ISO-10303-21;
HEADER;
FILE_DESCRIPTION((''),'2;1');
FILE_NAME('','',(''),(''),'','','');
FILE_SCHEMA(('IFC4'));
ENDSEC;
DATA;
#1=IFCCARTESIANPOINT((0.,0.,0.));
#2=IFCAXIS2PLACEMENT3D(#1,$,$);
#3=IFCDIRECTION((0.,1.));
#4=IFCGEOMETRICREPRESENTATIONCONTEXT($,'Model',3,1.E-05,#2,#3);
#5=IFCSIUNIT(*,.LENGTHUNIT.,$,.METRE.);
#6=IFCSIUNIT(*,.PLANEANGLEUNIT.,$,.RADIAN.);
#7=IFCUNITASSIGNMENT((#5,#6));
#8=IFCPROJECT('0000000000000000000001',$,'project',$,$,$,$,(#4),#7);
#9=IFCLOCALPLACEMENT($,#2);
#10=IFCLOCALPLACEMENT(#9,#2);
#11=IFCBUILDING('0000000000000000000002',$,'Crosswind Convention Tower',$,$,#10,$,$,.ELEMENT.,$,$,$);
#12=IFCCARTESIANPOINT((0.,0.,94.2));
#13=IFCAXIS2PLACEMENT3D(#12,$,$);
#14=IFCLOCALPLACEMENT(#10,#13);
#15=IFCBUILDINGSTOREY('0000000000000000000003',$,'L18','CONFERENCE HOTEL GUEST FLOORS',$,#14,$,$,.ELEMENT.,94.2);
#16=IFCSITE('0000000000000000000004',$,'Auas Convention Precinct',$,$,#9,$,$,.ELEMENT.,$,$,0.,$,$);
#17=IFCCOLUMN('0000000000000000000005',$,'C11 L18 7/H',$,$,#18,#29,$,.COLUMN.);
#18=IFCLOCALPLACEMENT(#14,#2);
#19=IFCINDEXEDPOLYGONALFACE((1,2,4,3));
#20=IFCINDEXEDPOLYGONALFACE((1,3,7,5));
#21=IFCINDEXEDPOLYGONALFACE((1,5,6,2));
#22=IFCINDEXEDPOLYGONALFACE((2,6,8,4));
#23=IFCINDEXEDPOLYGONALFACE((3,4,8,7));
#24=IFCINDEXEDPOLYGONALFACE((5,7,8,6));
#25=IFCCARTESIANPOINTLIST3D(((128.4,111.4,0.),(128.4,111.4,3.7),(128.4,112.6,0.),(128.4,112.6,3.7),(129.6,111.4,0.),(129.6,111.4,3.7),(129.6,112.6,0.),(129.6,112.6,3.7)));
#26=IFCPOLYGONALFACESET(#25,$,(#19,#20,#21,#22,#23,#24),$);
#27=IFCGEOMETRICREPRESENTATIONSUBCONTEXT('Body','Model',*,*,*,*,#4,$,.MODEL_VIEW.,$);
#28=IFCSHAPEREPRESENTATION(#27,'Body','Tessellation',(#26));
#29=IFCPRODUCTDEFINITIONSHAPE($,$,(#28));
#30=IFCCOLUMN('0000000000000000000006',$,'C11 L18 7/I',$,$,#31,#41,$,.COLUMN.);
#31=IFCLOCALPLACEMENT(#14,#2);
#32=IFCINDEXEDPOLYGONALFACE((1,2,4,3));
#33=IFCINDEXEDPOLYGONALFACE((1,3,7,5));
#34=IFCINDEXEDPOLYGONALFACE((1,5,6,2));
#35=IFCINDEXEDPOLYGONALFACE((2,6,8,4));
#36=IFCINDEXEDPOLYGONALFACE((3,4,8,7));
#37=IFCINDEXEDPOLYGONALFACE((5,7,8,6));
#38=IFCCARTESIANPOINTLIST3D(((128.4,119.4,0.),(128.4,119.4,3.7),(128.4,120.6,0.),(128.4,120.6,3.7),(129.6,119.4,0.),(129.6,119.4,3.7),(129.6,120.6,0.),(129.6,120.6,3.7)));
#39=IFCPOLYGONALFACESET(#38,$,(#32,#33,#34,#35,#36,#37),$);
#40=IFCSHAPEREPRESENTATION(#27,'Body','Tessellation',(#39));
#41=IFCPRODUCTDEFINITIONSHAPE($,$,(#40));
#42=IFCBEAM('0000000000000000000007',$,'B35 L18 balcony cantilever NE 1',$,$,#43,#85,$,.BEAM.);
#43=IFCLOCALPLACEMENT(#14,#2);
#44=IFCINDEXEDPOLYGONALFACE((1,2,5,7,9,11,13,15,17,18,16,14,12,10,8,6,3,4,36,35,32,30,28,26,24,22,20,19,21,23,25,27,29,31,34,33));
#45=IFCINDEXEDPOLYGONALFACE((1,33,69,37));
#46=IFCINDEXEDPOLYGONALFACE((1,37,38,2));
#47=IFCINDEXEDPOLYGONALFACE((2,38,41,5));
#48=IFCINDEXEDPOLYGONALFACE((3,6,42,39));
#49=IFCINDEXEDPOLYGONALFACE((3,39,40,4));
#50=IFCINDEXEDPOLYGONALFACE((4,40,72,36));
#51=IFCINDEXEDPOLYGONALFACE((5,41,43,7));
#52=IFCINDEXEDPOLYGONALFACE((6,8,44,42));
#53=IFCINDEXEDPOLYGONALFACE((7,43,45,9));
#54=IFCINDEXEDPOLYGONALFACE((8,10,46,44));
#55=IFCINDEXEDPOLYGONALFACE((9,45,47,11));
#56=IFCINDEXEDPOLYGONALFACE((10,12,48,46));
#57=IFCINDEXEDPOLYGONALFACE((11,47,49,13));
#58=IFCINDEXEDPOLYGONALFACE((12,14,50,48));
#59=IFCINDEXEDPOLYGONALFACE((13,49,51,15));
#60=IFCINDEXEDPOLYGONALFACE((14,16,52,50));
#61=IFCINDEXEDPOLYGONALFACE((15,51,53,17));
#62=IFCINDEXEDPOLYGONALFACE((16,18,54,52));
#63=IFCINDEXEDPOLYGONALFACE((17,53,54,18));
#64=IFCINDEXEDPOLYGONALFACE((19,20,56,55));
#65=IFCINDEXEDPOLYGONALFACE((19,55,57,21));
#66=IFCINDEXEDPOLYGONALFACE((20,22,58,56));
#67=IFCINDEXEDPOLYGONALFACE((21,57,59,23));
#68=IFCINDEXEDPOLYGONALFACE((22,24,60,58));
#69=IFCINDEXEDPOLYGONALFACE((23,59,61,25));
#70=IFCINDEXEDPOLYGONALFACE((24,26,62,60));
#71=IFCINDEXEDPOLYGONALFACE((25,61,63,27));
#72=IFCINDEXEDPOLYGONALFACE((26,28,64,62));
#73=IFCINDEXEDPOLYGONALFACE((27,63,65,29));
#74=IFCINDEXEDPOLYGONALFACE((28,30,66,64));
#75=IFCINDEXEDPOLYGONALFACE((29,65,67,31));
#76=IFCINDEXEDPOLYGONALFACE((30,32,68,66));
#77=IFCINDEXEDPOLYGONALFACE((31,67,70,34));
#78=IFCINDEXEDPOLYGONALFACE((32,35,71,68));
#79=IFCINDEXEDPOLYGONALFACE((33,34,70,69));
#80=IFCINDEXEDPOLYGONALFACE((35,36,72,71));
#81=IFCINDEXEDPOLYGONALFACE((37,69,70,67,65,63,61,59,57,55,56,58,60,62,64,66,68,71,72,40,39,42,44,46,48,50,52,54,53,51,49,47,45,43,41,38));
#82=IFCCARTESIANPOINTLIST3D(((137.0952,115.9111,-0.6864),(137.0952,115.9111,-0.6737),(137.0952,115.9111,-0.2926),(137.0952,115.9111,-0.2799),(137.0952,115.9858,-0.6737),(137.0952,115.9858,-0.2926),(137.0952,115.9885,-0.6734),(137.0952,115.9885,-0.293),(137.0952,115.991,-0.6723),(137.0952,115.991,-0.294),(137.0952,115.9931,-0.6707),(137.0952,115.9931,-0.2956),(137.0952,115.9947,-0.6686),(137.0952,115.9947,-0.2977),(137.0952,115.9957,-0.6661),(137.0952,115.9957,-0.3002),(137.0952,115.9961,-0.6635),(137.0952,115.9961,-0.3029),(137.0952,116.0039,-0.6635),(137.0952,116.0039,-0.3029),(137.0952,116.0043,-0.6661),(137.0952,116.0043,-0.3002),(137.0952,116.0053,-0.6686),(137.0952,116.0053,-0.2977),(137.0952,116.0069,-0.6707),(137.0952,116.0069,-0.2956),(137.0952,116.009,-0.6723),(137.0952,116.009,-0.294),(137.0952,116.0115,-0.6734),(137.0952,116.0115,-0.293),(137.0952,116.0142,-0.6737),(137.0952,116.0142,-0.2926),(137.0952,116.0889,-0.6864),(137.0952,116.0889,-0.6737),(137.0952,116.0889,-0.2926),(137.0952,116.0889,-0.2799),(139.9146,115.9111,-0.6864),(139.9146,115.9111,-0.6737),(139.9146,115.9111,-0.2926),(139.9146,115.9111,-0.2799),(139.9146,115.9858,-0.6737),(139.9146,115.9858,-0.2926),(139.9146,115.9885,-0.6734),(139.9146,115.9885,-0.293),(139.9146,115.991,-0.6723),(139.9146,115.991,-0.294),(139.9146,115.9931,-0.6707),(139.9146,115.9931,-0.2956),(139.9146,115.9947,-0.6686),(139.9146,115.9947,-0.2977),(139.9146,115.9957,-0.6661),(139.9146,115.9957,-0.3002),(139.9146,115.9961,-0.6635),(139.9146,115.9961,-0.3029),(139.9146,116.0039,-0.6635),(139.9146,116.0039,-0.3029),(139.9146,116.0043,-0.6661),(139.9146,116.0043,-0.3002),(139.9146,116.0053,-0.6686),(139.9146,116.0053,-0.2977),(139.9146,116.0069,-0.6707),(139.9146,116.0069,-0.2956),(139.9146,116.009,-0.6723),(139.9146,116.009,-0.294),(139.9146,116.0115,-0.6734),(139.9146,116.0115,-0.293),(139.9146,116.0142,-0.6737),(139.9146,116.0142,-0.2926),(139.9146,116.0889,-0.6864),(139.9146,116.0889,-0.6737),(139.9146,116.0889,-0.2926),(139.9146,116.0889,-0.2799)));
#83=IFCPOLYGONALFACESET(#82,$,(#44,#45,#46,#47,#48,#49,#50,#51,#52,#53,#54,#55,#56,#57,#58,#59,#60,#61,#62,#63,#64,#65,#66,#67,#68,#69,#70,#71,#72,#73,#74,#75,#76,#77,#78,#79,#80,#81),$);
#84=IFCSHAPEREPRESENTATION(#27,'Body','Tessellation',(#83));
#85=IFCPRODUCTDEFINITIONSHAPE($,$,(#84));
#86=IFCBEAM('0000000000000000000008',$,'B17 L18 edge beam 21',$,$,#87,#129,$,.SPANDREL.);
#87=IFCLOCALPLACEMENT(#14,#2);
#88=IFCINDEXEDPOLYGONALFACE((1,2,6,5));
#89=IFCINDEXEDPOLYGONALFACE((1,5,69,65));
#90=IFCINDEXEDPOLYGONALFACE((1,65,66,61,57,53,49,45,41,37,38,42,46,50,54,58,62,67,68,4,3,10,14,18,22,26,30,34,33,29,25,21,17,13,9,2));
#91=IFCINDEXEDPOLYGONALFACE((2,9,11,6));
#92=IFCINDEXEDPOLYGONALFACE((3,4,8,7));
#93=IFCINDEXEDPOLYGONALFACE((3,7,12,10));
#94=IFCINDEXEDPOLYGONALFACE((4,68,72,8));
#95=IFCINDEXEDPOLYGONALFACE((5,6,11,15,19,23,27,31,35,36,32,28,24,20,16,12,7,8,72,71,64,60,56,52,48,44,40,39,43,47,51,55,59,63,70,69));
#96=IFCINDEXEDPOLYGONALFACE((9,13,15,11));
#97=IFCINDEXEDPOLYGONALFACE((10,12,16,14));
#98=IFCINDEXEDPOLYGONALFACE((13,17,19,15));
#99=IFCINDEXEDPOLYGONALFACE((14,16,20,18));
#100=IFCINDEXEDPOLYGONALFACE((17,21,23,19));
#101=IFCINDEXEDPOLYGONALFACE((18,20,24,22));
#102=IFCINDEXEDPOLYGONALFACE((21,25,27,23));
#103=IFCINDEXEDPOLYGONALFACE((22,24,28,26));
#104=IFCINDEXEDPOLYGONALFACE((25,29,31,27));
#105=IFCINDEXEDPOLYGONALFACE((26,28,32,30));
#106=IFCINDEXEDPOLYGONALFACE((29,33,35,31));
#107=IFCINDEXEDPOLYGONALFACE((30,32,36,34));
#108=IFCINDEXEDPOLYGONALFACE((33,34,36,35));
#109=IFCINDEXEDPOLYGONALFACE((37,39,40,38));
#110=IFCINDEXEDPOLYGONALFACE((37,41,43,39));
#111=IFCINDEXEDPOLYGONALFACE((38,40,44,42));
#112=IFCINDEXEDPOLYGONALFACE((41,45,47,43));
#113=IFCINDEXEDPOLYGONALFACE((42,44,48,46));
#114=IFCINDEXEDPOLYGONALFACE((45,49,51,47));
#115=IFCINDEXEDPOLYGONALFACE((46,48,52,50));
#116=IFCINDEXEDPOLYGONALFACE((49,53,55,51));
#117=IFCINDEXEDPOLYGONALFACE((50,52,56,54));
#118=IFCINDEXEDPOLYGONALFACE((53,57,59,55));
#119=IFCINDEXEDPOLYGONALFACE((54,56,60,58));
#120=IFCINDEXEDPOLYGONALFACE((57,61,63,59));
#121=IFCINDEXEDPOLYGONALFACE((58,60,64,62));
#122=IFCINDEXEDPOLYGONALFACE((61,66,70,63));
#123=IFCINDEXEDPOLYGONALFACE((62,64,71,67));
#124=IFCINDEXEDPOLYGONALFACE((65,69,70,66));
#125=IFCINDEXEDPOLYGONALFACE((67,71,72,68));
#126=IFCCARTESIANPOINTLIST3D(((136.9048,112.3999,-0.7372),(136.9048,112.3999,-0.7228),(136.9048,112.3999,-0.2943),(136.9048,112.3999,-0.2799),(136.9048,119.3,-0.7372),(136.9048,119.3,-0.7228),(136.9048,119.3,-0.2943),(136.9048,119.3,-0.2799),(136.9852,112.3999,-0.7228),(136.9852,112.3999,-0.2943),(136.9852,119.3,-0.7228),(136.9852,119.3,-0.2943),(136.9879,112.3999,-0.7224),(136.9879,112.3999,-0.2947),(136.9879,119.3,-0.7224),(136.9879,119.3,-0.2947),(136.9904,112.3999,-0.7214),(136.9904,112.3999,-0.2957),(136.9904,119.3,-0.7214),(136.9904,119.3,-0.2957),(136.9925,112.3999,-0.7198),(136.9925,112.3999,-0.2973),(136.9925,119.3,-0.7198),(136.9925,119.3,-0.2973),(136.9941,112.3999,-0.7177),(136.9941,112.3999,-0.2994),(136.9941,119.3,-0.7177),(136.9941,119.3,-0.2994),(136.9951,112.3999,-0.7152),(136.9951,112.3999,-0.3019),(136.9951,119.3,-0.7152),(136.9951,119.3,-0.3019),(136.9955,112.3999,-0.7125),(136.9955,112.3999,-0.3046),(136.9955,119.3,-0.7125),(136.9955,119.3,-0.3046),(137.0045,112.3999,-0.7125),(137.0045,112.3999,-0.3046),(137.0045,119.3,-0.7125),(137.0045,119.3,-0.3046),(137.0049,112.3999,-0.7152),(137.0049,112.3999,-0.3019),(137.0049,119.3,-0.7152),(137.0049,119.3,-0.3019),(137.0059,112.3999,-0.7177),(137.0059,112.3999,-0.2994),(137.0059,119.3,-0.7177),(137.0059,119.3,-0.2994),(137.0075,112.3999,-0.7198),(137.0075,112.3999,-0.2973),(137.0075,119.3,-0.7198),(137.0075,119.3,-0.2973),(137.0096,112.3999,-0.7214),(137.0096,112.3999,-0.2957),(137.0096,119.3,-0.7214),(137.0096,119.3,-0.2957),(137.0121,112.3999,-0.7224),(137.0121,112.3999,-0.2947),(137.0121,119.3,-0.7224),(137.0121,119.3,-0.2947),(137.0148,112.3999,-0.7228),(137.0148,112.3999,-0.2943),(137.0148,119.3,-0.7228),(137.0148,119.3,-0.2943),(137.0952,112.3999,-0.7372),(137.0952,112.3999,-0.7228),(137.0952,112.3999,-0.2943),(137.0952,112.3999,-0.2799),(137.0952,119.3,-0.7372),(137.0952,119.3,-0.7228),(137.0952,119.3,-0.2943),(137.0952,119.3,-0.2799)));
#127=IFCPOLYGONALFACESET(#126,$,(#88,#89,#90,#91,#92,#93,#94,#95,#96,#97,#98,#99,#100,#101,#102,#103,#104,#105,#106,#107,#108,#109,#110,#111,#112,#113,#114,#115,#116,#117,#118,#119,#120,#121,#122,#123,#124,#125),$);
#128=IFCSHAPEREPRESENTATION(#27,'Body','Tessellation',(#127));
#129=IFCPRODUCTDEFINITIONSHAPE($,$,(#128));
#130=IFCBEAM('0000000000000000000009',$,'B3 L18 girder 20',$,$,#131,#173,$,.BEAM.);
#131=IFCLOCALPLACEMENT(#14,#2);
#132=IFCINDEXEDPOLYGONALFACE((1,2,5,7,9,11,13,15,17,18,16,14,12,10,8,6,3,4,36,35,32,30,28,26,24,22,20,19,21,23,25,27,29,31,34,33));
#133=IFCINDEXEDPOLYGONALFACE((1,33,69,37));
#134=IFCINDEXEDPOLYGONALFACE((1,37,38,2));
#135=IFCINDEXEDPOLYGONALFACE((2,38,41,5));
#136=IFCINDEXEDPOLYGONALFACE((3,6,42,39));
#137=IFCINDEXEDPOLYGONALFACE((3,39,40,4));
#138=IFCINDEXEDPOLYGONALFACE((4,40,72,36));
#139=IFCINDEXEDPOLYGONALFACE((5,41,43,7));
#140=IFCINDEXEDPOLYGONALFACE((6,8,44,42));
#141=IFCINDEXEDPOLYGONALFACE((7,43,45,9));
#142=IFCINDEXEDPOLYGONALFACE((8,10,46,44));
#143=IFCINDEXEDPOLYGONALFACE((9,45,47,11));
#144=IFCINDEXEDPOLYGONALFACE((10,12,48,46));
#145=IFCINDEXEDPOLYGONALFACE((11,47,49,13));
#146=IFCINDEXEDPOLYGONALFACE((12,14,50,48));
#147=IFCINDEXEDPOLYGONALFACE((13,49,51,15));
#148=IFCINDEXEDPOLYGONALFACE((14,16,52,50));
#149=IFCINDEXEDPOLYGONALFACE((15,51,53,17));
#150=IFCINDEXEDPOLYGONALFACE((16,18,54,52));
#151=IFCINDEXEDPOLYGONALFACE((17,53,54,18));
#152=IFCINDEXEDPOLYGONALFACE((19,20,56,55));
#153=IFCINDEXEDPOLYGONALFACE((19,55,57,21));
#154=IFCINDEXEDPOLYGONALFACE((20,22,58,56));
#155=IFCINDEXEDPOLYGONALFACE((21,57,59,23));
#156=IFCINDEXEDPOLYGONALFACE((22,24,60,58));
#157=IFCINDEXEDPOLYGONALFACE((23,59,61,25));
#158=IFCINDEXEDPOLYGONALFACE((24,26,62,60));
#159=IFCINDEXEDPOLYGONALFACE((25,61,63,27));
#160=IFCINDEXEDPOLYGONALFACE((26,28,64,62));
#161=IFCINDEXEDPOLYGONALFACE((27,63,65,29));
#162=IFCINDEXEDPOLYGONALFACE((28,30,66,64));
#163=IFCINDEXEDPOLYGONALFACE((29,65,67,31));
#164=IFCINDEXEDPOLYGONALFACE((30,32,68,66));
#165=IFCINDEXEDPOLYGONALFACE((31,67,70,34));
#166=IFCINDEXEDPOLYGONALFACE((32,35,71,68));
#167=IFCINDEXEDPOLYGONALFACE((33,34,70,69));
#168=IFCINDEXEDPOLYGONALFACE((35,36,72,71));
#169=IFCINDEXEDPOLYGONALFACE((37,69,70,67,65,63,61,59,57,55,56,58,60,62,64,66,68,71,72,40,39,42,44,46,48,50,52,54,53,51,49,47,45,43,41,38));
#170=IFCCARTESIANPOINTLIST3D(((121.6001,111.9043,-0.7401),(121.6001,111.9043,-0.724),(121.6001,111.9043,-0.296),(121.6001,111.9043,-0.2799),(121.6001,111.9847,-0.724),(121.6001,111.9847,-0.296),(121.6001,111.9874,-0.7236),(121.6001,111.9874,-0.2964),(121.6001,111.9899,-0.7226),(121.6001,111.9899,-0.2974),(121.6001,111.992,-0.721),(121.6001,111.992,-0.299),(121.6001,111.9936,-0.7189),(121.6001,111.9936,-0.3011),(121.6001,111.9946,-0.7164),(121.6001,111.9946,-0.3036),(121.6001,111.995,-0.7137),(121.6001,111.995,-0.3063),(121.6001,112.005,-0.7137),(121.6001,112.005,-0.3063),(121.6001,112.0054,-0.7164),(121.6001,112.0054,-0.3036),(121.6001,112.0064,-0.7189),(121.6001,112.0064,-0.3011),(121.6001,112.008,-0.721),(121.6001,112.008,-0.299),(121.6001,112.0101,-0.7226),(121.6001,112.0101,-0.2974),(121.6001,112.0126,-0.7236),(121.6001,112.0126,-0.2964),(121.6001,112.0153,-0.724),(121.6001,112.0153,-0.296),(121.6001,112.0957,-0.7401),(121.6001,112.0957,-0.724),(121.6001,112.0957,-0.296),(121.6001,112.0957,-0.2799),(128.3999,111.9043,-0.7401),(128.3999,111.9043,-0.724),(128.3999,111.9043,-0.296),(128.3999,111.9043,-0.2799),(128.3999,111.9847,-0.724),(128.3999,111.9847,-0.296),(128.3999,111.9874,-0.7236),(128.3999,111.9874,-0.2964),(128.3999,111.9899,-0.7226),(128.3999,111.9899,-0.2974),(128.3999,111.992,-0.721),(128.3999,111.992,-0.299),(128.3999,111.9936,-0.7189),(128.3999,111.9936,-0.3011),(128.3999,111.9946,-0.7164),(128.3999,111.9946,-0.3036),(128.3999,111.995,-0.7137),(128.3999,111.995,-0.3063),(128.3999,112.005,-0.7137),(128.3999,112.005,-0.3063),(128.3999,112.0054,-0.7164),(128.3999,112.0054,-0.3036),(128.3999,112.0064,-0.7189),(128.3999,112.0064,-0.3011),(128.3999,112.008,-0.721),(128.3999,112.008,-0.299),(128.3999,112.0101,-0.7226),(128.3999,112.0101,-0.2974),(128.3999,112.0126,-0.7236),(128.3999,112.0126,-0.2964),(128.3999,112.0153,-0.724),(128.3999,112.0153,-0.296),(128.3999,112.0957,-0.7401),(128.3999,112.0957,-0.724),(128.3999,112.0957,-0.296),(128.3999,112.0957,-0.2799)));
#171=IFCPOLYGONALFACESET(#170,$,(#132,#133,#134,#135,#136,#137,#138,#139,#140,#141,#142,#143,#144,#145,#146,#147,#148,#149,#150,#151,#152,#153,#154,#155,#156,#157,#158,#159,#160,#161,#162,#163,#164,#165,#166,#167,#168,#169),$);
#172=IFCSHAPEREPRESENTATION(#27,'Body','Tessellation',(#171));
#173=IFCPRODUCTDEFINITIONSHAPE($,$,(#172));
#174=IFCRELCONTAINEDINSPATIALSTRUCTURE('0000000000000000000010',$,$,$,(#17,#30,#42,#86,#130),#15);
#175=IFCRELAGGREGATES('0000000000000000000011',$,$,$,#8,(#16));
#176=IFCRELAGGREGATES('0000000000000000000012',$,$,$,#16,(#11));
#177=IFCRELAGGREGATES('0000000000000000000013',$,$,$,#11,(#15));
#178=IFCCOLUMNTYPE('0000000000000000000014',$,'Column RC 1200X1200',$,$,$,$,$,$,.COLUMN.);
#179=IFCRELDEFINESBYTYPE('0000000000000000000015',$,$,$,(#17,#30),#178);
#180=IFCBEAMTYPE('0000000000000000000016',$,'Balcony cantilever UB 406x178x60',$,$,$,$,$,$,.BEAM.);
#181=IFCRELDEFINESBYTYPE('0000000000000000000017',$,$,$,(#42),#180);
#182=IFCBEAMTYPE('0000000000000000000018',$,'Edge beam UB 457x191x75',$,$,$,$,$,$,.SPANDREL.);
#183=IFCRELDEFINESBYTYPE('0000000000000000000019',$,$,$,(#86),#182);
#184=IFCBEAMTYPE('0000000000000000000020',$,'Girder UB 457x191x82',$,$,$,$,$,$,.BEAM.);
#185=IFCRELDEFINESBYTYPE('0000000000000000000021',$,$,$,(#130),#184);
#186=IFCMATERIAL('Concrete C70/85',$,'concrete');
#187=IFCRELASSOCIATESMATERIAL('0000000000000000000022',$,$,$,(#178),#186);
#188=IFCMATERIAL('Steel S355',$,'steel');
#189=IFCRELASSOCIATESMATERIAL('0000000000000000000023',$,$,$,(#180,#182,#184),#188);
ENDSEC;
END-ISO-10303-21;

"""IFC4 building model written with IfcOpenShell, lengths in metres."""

from ifc_helpers import new_model, si_unit, direction, frame, origin, origin_2d, place, context, subcontext, project, spatial, rectangle, i_section, extrude, material, material_profile, profile_set, type_object, element, save


model = new_model("IFC4")

# Units and contexts
model_context = context("Model", 3, precision=1e-05, world=origin(), true_north=direction((0.0, 1.0)))
body_context = subcontext(model_context, "Body", "Model", "MODEL_VIEW")
ifc_project = project(units=[si_unit("LENGTHUNIT", "METRE"), si_unit("PLANEANGLEUNIT", "RADIAN")], contexts=[model_context])

# Site, building, storey
site_placement = place(None, origin())
site = spatial("IfcSite", under=ifc_project, at=site_placement, Name="Auas Convention Precinct", CompositionType="ELEMENT", RefElevation=0.0)
building_placement = place(site_placement, origin())
building = spatial("IfcBuilding", under=site, at=building_placement, Name="Crosswind Convention Tower", CompositionType="ELEMENT")
storey_placement = place(building_placement, frame((0.0, 0.0, 94.2)))
storey = spatial("IfcBuildingStorey", under=building, at=storey_placement, Name="L18", Description="CONFERENCE HOTEL GUEST FLOORS", CompositionType="ELEMENT", Elevation=94.2)

# Columns
ifc_material_1 = material(Name="Concrete C70/85", Category="concrete")
ifc_material_profile_1 = material_profile(ifc_material_1, rectangle(XDim=1.2, YDim=1.2, at=origin_2d()), Name="RC 1200X1200")
ifc_profile_set_1 = profile_set([ifc_material_profile_1], Name="Concrete C70/85")
column_type = type_object("IfcColumnType", Name="Column RC 1200X1200", PredefinedType="COLUMN", material=ifc_profile_set_1)
for number, where, z_axis, x_axis, name in (
    (1, (129.0, 112.0, 0.0), (0.0, 0.0, 1.0), (1.0, 0.0, 0.0), "C11 L18 7/H"),
    (2, (129.0, 120.0, 0.0), (0.0, 0.0, 1.0), (1.0, 0.0, 0.0), "C11 L18 7/I"),
):
    element("IfcColumn", number, at=place(storey_placement, frame(where, z_axis=z_axis, x_axis=x_axis)), inside=storey, type_object=column_type, Name=name, PredefinedType="COLUMN", context=body_context, shape_type="SweptSolid", body=[
        extrude(rectangle(XDim=1.2, YDim=1.2, at=origin_2d()), origin(), (0.0, 0.0, 1.0), 3.7),
    ])

# Beams
ifc_material_2 = material(Name="Steel S355", Category="steel")
ifc_material_profile_2 = material_profile(ifc_material_2, i_section(OverallWidth=0.1777, OverallDepth=0.4065, WebThickness=0.0078, FlangeThickness=0.0127, FilletRadius=0.0103, at=origin_2d()), Name="UB 406x178x60")
ifc_profile_set_2 = profile_set([ifc_material_profile_2], Name="Steel S355")
beam_type_1 = type_object("IfcBeamType", Name="Balcony cantilever UB 406x178x60", PredefinedType="BEAM", material=ifc_profile_set_2)
beam_1_placement = place(storey_placement, frame((137.0952, 116.0, -0.4832), z_axis=(1.0, 0.0, 0.0), x_axis=(0.0, 1.0, 0.0)))
element("IfcBeam", 3, at=beam_1_placement, inside=storey, type_object=beam_type_1, Name="B35 L18 balcony cantilever NE 1", PredefinedType="BEAM", context=body_context, shape_type="SweptSolid", body=[
    extrude(i_section(OverallWidth=0.1777, OverallDepth=0.4065, WebThickness=0.0078, FlangeThickness=0.0127, FilletRadius=0.0103, at=origin_2d()), origin(), (0.0, 0.0, 1.0), 2.8193),
])
ifc_material_profile_3 = material_profile(ifc_material_2, i_section(OverallWidth=0.1904, OverallDepth=0.4573, WebThickness=0.009, FlangeThickness=0.0144, FilletRadius=0.0103, at=origin_2d()), Name="UB 457x191x75")
ifc_profile_set_3 = profile_set([ifc_material_profile_3], Name="Steel S355")
beam_type_2 = type_object("IfcBeamType", Name="Edge beam UB 457x191x75", PredefinedType="SPANDREL", material=ifc_profile_set_3)
beam_2_placement = place(storey_placement, frame((137.0, 112.3999, -0.5085), z_axis=(0.0, 1.0, 0.0), x_axis=(-1.0, 0.0, 0.0)))
element("IfcBeam", 4, at=beam_2_placement, inside=storey, type_object=beam_type_2, Name="B17 L18 edge beam 21", PredefinedType="SPANDREL", context=body_context, shape_type="SweptSolid", body=[
    extrude(i_section(OverallWidth=0.1904, OverallDepth=0.4573, WebThickness=0.009, FlangeThickness=0.0144, FilletRadius=0.0103, at=origin_2d()), origin(), (0.0, 0.0, 1.0), 6.9001),
])
ifc_material_profile_4 = material_profile(ifc_material_2, i_section(OverallWidth=0.1914, OverallDepth=0.4602, WebThickness=0.01, FlangeThickness=0.0161, FilletRadius=0.0103, at=origin_2d()), Name="UB 457x191x82")
ifc_profile_set_4 = profile_set([ifc_material_profile_4], Name="Steel S355")
beam_type_3 = type_object("IfcBeamType", Name="Girder UB 457x191x82", PredefinedType="BEAM", material=ifc_profile_set_4)
for number, where, z_axis, x_axis, name in (
    (5, (121.6001, 112.0, -0.51), (1.0, 0.0, 0.0), (0.0, 1.0, 0.0), "B3 L18 girder 20"),
):
    element("IfcBeam", number, at=place(storey_placement, frame(where, z_axis=z_axis, x_axis=x_axis)), inside=storey, type_object=beam_type_3, Name=name, PredefinedType="BEAM", context=body_context, shape_type="SweptSolid", body=[
        extrude(i_section(OverallWidth=0.1914, OverallDepth=0.4602, WebThickness=0.01, FlangeThickness=0.0161, FilletRadius=0.0103, at=origin_2d()), origin(), (0.0, 0.0, 1.0), 6.7998),
    ])

save(model, "model.ifc")
